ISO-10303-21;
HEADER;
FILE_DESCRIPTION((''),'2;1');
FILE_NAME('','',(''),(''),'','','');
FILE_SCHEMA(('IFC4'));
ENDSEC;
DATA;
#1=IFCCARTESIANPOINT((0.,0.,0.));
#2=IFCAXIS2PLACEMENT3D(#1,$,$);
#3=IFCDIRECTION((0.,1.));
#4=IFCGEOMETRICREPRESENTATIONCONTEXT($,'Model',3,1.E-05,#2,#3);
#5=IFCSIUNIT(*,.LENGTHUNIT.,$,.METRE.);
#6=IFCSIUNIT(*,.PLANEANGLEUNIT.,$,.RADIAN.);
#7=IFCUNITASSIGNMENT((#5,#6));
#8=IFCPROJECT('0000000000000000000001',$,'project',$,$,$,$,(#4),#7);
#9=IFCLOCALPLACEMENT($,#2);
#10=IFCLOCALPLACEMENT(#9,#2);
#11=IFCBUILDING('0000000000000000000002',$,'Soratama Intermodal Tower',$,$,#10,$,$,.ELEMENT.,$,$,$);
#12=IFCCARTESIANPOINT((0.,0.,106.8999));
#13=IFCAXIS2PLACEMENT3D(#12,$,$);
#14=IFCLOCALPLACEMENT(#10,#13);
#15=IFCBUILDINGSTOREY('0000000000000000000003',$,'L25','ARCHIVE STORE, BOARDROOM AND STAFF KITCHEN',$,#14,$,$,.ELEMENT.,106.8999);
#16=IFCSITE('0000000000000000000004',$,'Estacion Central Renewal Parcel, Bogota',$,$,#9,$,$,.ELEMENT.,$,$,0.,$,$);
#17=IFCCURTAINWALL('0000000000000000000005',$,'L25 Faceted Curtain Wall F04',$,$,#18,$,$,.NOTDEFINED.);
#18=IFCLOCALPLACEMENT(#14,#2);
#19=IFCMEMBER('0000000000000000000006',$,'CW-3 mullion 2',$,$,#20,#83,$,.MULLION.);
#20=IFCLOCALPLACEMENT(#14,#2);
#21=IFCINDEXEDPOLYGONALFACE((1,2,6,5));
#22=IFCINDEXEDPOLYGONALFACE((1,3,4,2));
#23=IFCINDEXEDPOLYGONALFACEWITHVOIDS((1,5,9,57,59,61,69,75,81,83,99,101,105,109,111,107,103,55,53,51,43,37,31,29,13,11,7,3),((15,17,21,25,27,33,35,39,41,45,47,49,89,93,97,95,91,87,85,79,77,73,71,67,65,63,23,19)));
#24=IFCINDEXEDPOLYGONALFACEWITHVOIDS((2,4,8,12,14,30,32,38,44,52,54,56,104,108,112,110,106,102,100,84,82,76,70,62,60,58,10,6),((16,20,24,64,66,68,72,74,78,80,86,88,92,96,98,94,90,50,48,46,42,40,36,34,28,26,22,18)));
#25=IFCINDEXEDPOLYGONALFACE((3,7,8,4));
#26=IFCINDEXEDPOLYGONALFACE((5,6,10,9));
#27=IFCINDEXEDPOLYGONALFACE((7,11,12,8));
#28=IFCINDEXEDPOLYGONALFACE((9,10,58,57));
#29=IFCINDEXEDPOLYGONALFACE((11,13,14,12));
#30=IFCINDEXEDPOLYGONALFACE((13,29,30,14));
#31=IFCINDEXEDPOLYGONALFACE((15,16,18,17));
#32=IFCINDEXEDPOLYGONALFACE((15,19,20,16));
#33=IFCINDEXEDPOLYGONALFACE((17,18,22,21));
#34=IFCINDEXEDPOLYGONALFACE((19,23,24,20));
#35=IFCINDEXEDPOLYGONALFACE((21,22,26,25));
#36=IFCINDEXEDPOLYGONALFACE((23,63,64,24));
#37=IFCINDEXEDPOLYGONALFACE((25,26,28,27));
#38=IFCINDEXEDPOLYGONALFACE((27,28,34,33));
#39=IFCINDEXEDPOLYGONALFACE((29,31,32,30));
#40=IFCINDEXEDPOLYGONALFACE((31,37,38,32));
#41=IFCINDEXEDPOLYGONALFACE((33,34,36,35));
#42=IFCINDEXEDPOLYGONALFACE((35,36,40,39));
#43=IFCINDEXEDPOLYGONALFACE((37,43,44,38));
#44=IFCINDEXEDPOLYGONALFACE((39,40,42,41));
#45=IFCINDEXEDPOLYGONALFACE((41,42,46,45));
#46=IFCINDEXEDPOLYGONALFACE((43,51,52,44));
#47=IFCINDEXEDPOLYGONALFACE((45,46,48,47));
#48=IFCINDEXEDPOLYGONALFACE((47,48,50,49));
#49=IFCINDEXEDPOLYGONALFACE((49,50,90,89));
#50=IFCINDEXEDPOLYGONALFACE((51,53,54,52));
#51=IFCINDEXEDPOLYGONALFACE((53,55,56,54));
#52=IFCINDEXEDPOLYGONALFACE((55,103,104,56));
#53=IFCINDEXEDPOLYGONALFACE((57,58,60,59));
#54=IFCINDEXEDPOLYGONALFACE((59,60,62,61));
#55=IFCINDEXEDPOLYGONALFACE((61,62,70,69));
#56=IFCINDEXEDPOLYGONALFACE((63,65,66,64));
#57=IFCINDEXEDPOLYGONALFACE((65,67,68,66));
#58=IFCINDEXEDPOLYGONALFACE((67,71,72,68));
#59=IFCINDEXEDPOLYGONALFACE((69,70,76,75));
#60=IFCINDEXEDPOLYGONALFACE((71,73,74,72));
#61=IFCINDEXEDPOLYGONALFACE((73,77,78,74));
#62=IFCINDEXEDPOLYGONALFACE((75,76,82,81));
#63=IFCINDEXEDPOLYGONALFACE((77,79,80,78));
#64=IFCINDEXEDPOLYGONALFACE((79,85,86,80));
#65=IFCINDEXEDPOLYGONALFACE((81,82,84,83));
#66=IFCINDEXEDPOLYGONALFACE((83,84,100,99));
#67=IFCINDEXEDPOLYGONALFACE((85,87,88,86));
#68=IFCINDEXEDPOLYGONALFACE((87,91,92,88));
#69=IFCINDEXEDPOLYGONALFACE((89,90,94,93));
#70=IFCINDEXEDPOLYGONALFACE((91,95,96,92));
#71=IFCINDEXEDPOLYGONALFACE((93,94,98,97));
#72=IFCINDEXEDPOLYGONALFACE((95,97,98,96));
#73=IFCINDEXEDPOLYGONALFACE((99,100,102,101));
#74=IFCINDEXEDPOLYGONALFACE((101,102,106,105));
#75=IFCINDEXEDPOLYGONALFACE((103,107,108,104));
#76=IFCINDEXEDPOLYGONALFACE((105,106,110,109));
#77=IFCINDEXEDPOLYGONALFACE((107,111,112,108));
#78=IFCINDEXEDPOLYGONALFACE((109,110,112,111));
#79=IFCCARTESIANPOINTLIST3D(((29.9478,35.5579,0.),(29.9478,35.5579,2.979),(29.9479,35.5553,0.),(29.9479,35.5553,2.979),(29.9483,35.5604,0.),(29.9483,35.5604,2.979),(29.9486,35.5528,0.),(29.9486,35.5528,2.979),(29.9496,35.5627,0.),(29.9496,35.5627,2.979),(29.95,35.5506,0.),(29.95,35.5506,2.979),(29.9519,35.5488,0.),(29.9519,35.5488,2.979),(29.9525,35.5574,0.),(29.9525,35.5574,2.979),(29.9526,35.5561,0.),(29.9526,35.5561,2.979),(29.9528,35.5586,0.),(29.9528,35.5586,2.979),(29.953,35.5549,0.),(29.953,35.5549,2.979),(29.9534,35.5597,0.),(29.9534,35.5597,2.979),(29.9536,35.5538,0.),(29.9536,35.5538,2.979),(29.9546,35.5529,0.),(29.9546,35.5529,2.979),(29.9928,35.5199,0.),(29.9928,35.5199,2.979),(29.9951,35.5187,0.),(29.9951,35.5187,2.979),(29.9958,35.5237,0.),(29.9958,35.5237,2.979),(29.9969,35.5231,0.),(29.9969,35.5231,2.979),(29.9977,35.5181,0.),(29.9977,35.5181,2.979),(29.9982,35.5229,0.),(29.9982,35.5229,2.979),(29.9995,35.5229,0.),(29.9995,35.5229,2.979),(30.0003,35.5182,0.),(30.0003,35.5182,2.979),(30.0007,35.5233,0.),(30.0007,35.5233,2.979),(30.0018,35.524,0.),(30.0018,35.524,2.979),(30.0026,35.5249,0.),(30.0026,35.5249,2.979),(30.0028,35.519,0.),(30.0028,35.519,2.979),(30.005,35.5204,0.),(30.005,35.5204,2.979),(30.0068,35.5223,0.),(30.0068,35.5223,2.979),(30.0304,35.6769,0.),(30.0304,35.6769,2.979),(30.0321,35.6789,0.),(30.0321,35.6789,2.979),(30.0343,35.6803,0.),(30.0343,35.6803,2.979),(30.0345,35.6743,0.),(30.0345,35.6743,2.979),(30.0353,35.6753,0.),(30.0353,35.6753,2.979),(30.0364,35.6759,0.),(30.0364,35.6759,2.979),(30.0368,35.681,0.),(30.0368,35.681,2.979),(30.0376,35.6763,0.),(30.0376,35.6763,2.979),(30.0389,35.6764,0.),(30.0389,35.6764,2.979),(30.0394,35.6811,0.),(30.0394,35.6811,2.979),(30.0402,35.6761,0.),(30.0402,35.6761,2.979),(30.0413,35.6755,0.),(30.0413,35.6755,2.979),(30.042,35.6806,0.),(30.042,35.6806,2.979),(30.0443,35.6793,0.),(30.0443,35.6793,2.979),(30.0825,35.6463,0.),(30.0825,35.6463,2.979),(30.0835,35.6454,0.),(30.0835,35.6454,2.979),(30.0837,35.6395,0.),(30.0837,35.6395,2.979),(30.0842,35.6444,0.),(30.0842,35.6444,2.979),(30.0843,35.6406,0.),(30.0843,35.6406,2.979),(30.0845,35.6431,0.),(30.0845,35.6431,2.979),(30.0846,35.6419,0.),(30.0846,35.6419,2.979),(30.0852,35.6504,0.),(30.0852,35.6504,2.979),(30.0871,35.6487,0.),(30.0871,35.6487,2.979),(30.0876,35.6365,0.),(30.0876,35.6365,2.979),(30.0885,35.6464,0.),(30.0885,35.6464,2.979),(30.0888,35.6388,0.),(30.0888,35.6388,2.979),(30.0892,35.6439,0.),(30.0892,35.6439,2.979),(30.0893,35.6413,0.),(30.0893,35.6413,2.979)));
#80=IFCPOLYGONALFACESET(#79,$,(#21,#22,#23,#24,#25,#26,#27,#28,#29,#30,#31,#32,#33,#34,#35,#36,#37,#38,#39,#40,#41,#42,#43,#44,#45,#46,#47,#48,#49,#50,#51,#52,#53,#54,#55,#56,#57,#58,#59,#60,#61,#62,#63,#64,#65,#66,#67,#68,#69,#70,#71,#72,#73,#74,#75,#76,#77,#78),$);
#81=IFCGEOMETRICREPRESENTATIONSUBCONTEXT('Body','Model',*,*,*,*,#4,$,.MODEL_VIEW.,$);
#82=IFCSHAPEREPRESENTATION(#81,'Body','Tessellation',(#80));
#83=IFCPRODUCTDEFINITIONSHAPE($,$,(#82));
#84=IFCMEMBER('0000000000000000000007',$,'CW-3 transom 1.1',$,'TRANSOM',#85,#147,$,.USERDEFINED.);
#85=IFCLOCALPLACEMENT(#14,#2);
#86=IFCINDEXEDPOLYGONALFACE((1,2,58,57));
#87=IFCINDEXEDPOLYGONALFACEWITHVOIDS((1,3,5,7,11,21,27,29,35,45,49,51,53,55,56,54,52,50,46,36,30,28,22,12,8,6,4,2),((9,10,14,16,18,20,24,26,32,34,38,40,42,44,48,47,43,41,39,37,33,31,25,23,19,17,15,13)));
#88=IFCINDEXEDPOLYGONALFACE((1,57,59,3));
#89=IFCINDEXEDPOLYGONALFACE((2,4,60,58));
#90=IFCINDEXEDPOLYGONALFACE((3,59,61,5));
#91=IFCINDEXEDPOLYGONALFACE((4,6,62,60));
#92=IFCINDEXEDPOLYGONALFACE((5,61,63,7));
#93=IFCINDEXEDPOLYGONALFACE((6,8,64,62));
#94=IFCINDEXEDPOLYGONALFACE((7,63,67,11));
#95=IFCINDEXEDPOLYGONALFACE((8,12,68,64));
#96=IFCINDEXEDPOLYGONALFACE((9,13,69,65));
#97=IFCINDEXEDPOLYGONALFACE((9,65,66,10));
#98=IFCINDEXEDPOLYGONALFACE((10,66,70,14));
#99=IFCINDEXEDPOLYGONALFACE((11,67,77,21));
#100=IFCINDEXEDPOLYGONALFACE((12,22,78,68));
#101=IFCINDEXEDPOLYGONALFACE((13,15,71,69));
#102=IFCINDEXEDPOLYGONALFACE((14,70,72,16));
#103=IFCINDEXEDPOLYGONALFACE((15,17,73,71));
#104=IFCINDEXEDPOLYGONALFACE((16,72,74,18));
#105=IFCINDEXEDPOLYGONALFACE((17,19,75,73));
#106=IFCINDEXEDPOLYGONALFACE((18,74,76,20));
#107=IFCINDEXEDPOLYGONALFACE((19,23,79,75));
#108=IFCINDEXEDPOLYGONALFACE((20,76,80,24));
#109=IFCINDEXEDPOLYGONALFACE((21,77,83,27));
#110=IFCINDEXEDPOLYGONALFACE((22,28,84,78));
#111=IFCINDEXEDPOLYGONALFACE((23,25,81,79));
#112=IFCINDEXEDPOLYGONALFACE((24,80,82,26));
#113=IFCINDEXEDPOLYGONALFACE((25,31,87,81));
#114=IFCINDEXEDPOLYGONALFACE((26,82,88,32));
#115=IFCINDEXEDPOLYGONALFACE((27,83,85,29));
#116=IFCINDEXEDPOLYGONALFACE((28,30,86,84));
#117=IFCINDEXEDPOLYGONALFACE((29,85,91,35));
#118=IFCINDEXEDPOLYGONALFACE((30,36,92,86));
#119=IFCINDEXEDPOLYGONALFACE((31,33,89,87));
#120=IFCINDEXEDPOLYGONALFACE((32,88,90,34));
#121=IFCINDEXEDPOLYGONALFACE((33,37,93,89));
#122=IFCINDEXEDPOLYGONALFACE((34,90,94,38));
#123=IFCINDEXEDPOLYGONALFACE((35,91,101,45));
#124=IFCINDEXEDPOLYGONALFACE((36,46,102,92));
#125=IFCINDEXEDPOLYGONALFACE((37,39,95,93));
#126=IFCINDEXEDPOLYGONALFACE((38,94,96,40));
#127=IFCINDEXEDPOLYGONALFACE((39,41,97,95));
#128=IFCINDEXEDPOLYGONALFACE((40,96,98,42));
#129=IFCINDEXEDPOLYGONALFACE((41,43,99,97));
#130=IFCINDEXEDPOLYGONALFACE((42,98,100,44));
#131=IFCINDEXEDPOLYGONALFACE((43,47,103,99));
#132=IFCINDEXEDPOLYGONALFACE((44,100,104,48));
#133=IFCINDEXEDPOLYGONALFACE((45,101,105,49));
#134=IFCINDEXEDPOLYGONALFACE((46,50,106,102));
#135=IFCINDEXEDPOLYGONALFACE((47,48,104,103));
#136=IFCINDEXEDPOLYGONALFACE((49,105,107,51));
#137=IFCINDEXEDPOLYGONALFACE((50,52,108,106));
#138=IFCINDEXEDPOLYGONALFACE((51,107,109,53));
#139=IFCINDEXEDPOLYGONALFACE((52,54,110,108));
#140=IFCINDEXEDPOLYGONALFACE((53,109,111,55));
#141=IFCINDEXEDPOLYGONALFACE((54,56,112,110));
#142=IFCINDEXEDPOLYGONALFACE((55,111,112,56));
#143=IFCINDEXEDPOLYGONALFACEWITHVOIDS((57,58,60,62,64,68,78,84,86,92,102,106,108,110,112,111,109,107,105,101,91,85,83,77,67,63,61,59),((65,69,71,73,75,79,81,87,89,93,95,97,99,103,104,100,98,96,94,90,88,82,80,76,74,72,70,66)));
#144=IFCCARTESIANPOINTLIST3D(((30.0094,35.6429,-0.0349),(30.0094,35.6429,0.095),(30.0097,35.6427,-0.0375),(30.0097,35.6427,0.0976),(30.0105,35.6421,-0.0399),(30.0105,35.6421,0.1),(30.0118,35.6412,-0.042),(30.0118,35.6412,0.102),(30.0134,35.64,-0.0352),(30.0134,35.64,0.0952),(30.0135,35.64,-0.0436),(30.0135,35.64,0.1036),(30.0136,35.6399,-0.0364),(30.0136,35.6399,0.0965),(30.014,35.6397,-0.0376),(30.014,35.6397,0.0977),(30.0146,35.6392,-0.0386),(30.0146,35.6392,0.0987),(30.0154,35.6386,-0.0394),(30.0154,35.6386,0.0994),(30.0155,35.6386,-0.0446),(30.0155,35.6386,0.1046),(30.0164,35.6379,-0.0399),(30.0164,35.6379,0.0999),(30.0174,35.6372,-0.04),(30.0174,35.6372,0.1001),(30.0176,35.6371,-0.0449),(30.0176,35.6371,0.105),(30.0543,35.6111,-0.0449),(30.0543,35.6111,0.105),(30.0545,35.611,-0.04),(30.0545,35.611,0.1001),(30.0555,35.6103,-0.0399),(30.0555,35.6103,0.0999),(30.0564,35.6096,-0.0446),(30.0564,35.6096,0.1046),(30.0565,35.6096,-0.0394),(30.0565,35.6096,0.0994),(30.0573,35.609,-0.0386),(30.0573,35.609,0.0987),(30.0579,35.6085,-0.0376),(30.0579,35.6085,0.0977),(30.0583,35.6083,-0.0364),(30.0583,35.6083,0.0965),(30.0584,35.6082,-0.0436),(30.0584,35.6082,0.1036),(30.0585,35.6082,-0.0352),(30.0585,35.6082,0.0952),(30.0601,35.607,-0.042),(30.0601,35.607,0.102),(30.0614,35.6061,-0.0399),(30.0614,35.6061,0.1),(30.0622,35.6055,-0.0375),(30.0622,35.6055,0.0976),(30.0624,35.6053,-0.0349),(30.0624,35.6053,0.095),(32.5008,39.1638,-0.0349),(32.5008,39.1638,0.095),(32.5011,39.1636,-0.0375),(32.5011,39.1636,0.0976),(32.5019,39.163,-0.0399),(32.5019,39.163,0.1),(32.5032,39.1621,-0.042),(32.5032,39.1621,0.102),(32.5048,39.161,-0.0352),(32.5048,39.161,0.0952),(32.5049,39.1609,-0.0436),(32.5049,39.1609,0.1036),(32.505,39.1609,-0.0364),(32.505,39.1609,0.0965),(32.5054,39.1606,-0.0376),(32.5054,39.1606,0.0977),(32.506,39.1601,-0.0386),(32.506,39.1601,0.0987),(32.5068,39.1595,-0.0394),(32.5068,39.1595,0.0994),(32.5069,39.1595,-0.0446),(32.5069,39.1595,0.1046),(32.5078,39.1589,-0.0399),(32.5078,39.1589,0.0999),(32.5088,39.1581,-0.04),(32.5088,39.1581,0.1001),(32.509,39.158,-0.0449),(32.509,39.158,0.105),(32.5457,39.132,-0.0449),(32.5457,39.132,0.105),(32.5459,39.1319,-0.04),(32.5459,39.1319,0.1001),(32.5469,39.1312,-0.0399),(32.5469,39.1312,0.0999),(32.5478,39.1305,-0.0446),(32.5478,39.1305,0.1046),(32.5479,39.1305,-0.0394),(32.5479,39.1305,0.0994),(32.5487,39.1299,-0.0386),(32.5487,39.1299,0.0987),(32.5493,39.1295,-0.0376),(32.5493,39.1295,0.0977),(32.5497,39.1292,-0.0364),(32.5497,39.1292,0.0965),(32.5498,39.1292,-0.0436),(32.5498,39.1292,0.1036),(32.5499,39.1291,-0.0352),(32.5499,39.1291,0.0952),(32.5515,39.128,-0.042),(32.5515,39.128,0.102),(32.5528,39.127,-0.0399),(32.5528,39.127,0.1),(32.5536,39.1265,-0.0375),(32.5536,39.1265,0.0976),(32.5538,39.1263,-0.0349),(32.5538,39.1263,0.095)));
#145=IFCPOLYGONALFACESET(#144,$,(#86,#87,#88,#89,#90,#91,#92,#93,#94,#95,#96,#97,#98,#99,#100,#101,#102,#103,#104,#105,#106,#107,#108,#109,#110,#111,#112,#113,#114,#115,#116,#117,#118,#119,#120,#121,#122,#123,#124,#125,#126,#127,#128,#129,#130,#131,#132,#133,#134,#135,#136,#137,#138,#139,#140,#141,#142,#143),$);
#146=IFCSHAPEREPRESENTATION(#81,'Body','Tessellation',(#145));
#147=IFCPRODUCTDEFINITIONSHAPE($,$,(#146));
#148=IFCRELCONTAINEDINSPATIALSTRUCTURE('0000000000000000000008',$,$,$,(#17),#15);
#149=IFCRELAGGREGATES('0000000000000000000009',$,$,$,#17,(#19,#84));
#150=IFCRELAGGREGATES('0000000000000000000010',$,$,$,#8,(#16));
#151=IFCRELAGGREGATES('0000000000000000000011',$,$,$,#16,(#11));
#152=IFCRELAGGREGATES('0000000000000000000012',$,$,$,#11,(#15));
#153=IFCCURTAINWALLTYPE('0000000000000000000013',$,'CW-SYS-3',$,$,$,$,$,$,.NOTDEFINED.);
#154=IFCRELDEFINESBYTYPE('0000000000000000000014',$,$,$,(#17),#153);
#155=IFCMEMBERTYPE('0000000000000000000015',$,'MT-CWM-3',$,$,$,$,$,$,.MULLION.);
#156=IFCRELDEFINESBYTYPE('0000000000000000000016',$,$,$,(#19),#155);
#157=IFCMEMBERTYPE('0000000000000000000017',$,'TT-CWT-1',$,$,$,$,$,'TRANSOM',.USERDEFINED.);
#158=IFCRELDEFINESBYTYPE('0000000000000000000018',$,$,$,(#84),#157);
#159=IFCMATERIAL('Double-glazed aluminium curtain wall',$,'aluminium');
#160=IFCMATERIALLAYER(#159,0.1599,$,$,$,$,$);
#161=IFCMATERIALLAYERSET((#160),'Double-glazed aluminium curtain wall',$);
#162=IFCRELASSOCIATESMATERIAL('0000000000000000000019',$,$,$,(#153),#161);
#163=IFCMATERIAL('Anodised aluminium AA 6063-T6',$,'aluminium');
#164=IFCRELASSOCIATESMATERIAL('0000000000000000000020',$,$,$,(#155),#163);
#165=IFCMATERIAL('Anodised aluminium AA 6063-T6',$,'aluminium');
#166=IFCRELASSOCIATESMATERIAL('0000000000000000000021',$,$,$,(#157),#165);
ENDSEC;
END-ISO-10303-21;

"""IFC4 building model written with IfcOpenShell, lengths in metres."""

from ifc_helpers import new_model, si_unit, direction, frame, origin, origin_2d, place, context, subcontext, project, spatial, hollow_rectangle, extrude, material, layer, layer_set, material_profile, profile_set, type_object, element, aggregate, save


model = new_model("IFC4")

# Units and contexts
model_context = context("Model", 3, precision=1e-05, world=origin(), true_north=direction((0.0, 1.0)))
body_context = subcontext(model_context, "Body", "Model", "MODEL_VIEW")
ifc_project = project(units=[si_unit("LENGTHUNIT", "METRE"), si_unit("PLANEANGLEUNIT", "RADIAN")], contexts=[model_context])

# Site, building, storey
site_placement = place(None, origin())
site = spatial("IfcSite", under=ifc_project, at=site_placement, Name="Estacion Central Renewal Parcel, Bogota", CompositionType="ELEMENT", RefElevation=0.0)
building_placement = place(site_placement, origin())
building = spatial("IfcBuilding", under=site, at=building_placement, Name="Soratama Intermodal Tower", CompositionType="ELEMENT")
storey_placement = place(building_placement, frame((0.0, 0.0, 106.8999)))
storey = spatial("IfcBuildingStorey", under=building, at=storey_placement, Name="L25", Description="ARCHIVE STORE, BOARDROOM AND STAFF KITCHEN", CompositionType="ELEMENT", Elevation=106.8999)

# Curtain wall, members
ifc_material_1 = material(Name="Double-glazed aluminium curtain wall", Category="aluminium")
ifc_layer_1 = layer(ifc_material_1, 0.1599)
ifc_layer_set_1 = layer_set([ifc_layer_1], Name="Double-glazed aluminium curtain wall")
curtain_wall_type = type_object("IfcCurtainWallType", Name="CW-SYS-3", PredefinedType="NOTDEFINED", material=ifc_layer_set_1)
curtain_wall_placement = place(storey_placement, origin())
curtain_wall = element("IfcCurtainWall", 1, at=curtain_wall_placement, inside=storey, type_object=curtain_wall_type, Name="L25 Faceted Curtain Wall F04", PredefinedType="NOTDEFINED")
ifc_material_2 = material(Name="Anodised aluminium AA 6063-T6", Category="aluminium")
ifc_material_profile_1 = material_profile(ifc_material_2, hollow_rectangle(XDim=0.0701, YDim=0.1599, WallThickness=0.0049, InnerFilletRadius=0.0049, OuterFilletRadius=0.01, at=origin_2d()), Name="CWM160X70X5")
ifc_profile_set_1 = profile_set([ifc_material_profile_1], Name="Anodised aluminium AA 6063-T6")
member_type_1 = type_object("IfcMemberType", Name="MT-CWM-3", PredefinedType="MULLION", material=ifc_profile_set_1)
member_1_placement = place(storey_placement, frame((30.0186, 35.5996, 0.0), z_axis=(0.0, 0.0, 1.0), x_axis=(0.816334, -0.57758, 0.0)))
member_1 = element("IfcMember", 2, at=member_1_placement, type_object=member_type_1, Name="CW-3 mullion 2", PredefinedType="MULLION", context=body_context, shape_type="SweptSolid", body=[
    extrude(hollow_rectangle(XDim=0.0701, YDim=0.1599, WallThickness=0.0049, InnerFilletRadius=0.0049, OuterFilletRadius=0.01, at=origin_2d()), origin(), (0.0, 0.0, 1.0), 2.979),
])
ifc_material_3 = material(Name="Anodised aluminium AA 6063-T6", Category="aluminium")
ifc_material_profile_2 = material_profile(ifc_material_3, hollow_rectangle(XDim=0.0649, YDim=0.1499, WallThickness=0.0049, InnerFilletRadius=0.0049, OuterFilletRadius=0.01, at=origin_2d()), Name="CWT150X65X5")
ifc_profile_set_2 = profile_set([ifc_material_profile_2], Name="Anodised aluminium AA 6063-T6")
member_type_2 = type_object("IfcMemberType", Name="TT-CWT-1", ElementType="TRANSOM", PredefinedType="USERDEFINED", material=ifc_profile_set_2)
member_2_placement = place(storey_placement, frame((32.5273, 39.145, 0.03), z_axis=(-0.577618, -0.816307, 0.0), x_axis=(0.816307, -0.577618, 0.0)))
member_2 = element("IfcMember", 3, at=member_2_placement, type_object=member_type_2, Name="CW-3 transom 1.1", ObjectType="TRANSOM", PredefinedType="USERDEFINED", context=body_context, shape_type="SweptSolid", body=[
    extrude(hollow_rectangle(XDim=0.0649, YDim=0.1499, WallThickness=0.0049, InnerFilletRadius=0.0049, OuterFilletRadius=0.01, at=origin_2d()), origin(), (0.0, 0.0, 1.0), 4.3132),
])
aggregate(curtain_wall, [member_1, member_2])

save(model, "model.ifc")
